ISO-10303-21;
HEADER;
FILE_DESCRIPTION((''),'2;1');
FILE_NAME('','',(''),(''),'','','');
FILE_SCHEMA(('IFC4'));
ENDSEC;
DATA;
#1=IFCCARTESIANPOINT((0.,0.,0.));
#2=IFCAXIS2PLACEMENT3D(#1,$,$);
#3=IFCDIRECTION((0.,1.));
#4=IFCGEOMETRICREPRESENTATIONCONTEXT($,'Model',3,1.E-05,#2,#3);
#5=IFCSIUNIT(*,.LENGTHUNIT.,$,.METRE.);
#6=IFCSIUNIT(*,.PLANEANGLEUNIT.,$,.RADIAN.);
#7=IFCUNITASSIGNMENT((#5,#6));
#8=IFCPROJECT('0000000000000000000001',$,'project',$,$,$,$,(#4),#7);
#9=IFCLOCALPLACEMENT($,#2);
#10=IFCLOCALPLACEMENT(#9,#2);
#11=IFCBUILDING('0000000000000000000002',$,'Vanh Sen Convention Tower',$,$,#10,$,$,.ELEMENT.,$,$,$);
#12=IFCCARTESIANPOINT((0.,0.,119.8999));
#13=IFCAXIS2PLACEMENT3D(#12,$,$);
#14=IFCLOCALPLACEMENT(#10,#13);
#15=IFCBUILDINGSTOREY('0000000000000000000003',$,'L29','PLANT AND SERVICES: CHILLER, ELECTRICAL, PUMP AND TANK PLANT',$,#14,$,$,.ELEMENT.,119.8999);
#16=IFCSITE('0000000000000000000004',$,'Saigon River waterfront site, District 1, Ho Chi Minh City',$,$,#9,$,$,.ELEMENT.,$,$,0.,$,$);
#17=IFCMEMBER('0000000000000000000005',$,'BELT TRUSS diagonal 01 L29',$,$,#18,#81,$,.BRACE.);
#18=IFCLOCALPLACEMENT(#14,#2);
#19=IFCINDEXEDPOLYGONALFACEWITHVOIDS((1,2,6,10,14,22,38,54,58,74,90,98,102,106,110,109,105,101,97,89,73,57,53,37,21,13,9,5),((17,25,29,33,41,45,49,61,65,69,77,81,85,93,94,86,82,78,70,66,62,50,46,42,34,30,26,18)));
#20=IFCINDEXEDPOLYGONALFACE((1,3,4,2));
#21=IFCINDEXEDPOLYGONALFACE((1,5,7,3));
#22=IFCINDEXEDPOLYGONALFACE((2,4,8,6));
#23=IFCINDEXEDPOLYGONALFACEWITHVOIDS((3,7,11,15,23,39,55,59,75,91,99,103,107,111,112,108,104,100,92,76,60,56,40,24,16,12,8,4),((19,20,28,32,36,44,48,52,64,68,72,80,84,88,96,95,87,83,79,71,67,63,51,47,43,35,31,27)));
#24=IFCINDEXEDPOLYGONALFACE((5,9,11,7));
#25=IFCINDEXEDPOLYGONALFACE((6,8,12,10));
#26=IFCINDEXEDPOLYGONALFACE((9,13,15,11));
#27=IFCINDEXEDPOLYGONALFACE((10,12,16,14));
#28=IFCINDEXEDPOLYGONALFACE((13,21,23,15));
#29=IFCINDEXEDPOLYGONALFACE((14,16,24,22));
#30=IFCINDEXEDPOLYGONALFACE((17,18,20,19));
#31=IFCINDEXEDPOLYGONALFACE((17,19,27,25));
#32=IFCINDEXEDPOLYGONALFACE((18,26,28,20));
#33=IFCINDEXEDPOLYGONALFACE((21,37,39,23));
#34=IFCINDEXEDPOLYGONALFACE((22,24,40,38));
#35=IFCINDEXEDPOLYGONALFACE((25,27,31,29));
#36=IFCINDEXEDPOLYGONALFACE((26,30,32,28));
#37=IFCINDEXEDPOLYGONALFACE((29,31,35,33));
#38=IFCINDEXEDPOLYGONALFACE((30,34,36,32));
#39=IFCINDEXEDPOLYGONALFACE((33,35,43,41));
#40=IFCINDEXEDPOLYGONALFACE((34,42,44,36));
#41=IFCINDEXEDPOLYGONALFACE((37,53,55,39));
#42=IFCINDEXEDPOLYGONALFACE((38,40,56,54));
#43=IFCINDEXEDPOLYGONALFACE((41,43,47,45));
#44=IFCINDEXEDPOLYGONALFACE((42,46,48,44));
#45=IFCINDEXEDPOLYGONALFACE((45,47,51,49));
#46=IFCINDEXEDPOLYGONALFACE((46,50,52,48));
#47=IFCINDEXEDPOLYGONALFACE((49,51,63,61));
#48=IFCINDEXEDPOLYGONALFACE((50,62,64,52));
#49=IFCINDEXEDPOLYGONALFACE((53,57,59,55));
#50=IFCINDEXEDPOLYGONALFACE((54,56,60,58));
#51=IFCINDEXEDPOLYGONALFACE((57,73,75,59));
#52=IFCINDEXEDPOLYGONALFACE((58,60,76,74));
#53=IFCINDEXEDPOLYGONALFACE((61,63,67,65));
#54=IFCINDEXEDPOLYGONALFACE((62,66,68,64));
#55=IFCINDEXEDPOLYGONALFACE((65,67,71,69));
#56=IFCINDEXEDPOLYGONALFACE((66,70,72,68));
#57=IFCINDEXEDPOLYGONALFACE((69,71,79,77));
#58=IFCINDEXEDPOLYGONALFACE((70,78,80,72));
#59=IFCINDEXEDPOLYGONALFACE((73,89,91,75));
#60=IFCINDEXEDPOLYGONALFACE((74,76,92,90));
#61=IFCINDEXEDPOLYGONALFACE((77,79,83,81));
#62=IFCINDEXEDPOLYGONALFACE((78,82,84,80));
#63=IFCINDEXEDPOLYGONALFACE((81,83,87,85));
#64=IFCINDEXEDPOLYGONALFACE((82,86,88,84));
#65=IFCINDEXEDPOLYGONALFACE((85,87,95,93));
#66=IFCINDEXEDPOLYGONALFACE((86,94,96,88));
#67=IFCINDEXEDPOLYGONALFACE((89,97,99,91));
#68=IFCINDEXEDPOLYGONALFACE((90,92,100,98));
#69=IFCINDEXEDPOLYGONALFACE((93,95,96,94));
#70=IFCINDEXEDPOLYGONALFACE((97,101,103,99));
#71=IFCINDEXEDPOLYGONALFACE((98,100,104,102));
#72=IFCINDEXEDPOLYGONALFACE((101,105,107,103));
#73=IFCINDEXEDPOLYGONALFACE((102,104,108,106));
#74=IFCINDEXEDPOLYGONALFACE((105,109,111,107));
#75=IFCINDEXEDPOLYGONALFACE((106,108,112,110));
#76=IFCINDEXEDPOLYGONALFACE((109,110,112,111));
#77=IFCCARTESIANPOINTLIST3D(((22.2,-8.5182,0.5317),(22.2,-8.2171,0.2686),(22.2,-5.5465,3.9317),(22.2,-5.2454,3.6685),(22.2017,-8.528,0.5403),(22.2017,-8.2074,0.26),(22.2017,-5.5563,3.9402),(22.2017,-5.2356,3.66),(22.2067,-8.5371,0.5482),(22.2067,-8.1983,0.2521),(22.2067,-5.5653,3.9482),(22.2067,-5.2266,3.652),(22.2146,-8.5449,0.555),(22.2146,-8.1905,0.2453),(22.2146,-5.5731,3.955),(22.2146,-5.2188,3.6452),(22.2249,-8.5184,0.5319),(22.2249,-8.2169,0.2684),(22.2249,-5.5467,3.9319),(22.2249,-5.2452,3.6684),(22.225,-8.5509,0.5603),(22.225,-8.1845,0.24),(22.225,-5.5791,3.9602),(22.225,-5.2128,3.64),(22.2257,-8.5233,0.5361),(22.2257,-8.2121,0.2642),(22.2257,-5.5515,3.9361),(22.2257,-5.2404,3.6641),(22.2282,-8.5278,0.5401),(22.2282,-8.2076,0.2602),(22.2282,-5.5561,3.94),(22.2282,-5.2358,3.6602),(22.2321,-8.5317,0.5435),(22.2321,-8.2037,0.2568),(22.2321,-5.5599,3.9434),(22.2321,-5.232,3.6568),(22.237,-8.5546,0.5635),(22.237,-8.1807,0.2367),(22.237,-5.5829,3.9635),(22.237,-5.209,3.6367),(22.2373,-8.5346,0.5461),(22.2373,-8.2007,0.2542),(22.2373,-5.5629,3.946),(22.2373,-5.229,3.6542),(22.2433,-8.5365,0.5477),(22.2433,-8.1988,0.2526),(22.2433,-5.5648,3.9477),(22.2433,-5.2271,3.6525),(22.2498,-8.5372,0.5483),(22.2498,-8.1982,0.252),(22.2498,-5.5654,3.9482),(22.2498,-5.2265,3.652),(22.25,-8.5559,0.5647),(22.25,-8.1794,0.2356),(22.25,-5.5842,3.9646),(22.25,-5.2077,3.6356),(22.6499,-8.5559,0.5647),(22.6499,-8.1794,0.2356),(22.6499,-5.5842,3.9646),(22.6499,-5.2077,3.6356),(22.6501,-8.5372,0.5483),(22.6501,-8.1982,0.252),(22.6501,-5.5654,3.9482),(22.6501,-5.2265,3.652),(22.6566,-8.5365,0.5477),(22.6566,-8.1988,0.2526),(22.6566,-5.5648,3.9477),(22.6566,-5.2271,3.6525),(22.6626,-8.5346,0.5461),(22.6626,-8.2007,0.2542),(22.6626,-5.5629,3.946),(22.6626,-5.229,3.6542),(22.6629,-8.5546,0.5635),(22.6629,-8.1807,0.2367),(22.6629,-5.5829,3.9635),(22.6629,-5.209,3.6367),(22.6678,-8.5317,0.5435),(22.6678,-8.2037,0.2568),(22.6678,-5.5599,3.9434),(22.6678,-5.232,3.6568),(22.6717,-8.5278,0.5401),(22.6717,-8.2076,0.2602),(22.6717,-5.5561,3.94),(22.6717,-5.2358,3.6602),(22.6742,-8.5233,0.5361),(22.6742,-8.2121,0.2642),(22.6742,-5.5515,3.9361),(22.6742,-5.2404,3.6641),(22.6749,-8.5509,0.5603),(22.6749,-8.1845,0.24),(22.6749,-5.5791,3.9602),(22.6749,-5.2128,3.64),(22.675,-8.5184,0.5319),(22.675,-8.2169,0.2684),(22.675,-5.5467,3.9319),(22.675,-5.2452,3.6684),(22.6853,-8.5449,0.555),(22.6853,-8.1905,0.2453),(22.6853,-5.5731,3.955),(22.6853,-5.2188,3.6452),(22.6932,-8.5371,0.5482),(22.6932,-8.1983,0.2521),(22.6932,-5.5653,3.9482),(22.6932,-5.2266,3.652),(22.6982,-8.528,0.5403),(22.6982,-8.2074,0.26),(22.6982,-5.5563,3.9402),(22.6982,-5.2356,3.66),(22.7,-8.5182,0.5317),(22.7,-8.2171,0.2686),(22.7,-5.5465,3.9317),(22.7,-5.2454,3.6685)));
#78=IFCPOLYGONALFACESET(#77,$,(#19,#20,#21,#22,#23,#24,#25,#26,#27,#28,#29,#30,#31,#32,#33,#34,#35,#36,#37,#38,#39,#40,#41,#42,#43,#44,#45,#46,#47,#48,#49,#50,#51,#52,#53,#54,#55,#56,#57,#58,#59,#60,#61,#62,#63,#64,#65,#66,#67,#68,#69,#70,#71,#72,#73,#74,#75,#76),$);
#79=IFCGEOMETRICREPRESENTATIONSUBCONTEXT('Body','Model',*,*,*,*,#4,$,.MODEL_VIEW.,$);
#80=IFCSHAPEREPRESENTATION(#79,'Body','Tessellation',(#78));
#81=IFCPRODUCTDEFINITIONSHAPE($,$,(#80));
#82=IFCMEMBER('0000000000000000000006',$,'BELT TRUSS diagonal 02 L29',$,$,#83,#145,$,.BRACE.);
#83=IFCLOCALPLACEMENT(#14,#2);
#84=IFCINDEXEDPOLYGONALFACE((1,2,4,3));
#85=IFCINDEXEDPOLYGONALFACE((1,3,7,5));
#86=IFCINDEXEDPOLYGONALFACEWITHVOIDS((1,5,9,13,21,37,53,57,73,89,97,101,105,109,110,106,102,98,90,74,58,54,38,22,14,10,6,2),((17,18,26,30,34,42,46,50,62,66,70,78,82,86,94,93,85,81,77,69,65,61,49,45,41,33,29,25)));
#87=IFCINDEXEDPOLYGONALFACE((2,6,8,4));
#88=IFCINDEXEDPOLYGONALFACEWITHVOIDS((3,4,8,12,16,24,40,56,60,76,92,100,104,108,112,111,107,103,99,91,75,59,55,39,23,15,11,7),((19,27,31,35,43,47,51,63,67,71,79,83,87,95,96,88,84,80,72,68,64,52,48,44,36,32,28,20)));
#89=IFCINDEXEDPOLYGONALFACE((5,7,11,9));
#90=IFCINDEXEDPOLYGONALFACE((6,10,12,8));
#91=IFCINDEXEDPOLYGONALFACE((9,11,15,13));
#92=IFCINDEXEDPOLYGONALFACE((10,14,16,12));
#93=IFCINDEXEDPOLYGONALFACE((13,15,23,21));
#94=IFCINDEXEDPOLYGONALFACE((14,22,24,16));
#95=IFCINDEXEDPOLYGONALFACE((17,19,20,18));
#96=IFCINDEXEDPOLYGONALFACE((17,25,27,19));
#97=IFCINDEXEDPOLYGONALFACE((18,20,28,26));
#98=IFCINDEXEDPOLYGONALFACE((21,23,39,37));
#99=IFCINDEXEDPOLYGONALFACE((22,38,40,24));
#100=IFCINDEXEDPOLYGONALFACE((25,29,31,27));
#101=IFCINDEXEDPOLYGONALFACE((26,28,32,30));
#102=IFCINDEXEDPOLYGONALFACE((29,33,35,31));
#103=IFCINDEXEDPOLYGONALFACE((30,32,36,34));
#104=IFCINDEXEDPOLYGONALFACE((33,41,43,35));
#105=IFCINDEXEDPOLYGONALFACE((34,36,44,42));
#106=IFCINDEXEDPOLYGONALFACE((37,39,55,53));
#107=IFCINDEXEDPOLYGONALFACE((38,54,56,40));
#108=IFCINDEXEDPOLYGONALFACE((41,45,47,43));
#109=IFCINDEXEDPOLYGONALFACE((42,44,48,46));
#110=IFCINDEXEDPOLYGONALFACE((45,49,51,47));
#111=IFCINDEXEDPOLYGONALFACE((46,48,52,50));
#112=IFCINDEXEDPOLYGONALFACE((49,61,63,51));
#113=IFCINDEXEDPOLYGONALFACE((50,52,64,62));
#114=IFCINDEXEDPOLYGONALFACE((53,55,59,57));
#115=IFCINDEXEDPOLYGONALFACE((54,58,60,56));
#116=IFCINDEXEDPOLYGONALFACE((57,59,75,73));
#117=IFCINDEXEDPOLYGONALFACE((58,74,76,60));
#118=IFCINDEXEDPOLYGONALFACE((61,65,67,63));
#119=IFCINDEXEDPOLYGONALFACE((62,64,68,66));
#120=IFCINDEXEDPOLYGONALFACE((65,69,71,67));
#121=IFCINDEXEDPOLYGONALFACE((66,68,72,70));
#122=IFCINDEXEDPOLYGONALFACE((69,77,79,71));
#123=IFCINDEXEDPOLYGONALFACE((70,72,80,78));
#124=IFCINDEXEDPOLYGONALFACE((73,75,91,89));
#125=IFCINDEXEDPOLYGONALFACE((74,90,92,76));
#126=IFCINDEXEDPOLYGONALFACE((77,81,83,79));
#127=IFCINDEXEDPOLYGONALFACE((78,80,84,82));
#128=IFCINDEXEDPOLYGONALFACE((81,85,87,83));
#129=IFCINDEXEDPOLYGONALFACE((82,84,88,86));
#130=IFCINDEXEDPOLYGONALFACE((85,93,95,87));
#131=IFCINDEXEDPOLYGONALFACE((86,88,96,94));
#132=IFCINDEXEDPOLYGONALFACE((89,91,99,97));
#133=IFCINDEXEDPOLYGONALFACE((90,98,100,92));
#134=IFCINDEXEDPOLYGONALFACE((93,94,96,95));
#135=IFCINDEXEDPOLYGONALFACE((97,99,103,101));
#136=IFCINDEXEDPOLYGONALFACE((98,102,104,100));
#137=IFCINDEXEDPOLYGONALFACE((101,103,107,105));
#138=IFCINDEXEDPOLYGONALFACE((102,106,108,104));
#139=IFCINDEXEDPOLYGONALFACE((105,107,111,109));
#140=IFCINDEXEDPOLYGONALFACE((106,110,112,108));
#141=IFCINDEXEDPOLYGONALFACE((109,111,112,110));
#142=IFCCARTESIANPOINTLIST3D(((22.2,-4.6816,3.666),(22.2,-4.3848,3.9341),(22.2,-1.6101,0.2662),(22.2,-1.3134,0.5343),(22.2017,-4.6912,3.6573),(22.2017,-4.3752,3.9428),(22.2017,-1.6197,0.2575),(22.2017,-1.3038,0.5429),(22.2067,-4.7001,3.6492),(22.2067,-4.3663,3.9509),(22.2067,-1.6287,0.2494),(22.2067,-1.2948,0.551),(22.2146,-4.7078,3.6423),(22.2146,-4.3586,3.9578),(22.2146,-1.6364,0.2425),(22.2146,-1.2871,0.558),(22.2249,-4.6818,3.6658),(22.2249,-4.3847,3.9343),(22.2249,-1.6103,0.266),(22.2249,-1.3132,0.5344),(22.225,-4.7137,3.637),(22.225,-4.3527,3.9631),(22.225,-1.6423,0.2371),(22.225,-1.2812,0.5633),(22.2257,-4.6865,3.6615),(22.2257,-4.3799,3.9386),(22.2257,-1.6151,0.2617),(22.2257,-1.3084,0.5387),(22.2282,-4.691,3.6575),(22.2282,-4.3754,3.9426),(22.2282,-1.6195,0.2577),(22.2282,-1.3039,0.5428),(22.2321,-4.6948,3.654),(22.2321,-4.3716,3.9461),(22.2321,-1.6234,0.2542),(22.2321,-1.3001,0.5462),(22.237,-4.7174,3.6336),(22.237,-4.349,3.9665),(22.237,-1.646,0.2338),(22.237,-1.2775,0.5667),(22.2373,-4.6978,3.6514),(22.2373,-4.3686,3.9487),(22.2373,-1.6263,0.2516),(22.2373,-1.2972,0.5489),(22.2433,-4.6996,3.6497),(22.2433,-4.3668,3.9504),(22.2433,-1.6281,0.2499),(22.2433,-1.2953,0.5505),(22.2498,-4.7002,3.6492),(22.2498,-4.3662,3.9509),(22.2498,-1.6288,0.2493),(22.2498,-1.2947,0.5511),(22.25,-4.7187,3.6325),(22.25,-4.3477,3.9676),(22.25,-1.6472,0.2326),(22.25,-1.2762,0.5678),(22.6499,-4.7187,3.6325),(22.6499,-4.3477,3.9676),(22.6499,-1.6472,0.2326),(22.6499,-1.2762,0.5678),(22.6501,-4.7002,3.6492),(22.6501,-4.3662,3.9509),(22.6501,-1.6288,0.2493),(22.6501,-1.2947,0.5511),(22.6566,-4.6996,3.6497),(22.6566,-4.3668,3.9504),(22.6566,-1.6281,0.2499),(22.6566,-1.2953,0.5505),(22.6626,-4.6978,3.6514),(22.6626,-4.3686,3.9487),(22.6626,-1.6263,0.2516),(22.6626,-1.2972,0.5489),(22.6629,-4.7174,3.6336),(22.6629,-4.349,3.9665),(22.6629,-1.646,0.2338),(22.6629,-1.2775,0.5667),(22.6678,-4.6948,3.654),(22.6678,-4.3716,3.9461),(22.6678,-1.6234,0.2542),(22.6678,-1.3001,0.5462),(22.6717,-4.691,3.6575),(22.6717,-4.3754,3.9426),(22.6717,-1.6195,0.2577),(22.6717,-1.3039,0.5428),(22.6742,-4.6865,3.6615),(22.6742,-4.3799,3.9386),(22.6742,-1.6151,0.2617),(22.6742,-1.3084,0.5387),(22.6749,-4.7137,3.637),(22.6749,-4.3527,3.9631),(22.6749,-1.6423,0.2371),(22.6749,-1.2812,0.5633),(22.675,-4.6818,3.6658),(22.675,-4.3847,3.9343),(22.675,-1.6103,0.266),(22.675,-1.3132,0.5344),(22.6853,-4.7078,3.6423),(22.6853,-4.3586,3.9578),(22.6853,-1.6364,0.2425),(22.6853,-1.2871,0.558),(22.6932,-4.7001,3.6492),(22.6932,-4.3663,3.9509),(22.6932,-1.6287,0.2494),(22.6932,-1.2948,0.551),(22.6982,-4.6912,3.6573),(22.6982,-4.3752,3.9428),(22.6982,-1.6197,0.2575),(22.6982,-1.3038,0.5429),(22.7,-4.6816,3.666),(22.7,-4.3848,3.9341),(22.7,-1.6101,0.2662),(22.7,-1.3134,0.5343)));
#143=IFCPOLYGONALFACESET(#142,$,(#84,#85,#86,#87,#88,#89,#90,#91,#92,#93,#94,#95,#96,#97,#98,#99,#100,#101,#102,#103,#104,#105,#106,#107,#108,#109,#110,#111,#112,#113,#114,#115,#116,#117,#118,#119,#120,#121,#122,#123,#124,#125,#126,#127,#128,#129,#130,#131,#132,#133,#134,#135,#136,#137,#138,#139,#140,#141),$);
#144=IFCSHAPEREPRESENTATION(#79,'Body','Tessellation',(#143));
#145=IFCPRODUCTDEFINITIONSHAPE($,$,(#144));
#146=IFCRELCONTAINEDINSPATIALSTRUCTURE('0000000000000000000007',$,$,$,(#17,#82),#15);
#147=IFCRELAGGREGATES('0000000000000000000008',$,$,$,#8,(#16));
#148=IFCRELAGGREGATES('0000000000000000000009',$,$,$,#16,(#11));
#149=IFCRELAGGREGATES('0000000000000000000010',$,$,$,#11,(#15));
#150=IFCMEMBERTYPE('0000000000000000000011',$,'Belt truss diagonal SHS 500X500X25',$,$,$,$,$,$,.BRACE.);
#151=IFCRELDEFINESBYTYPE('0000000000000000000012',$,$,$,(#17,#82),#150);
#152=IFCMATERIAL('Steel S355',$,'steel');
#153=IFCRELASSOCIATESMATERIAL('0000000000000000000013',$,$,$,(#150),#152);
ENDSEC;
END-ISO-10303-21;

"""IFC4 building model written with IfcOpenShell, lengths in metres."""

from ifc_helpers import new_model, si_unit, direction, frame, origin, origin_2d, place, context, subcontext, project, spatial, hollow_rectangle, extrude, material, material_profile, profile_set, type_object, element, save


model = new_model("IFC4")

# Units and contexts
model_context = context("Model", 3, precision=1e-05, world=origin(), true_north=direction((0.0, 1.0)))
body_context = subcontext(model_context, "Body", "Model", "MODEL_VIEW")
ifc_project = project(units=[si_unit("LENGTHUNIT", "METRE"), si_unit("PLANEANGLEUNIT", "RADIAN")], contexts=[model_context])

# Site, building, storey
site_placement = place(None, origin())
site = spatial("IfcSite", under=ifc_project, at=site_placement, Name="Saigon River waterfront site, District 1, Ho Chi Minh City", CompositionType="ELEMENT", RefElevation=0.0)
building_placement = place(site_placement, origin())
building = spatial("IfcBuilding", under=site, at=building_placement, Name="Vanh Sen Convention Tower", CompositionType="ELEMENT")
storey_placement = place(building_placement, frame((0.0, 0.0, 119.8999)))
storey = spatial("IfcBuildingStorey", under=building, at=storey_placement, Name="L29", Description="PLANT AND SERVICES: CHILLER, ELECTRICAL, PUMP AND TANK PLANT", CompositionType="ELEMENT", Elevation=119.8999)

# Members
ifc_material_1 = material(Name="Steel S355", Category="steel")
ifc_material_profile_1 = material_profile(ifc_material_1, hollow_rectangle(XDim=0.5, YDim=0.5, WallThickness=0.0249, InnerFilletRadius=0.0249, OuterFilletRadius=0.05, at=origin_2d()), Name="SHS 500X500X25")
ifc_profile_set_1 = profile_set([ifc_material_profile_1], Name="Steel S355")
member_type_1 = type_object("IfcMemberType", Name="Belt truss diagonal SHS 500X500X25", PredefinedType="BRACE", material=ifc_profile_set_1)
member_1_placement = place(storey_placement, frame((22.45, -8.3677, 0.4001), z_axis=(0.0, 0.658099, 0.752932), x_axis=(-1.0, 0.0, 0.0)))
element("IfcMember", 1, at=member_1_placement, inside=storey, type_object=member_type_1, Name="BELT TRUSS diagonal 01 L29", PredefinedType="BRACE", context=body_context, shape_type="SweptSolid", body=[
    extrude(hollow_rectangle(XDim=0.5, YDim=0.5, WallThickness=0.0249, InnerFilletRadius=0.0249, OuterFilletRadius=0.05, at=origin_2d()), origin(), (0.0, 0.0, 1.0), 4.5156),
])
for number, where, z_axis, x_axis, name in (
    (2, (22.45, -4.5332, 3.8), (0.0, 0.670365, -0.742032), (-1.0, 0.0, 0.0), "BELT TRUSS diagonal 02 L29"),
):
    element("IfcMember", number, at=place(storey_placement, frame(where, z_axis=z_axis, x_axis=x_axis)), inside=storey, type_object=member_type_1, Name=name, PredefinedType="BRACE", context=body_context, shape_type="SweptSolid", body=[
        extrude(hollow_rectangle(XDim=0.5, YDim=0.5, WallThickness=0.0249, InnerFilletRadius=0.0249, OuterFilletRadius=0.05, at=origin_2d()), origin(), (0.0, 0.0, 1.0), 4.5818),
    ])

save(model, "model.ifc")
